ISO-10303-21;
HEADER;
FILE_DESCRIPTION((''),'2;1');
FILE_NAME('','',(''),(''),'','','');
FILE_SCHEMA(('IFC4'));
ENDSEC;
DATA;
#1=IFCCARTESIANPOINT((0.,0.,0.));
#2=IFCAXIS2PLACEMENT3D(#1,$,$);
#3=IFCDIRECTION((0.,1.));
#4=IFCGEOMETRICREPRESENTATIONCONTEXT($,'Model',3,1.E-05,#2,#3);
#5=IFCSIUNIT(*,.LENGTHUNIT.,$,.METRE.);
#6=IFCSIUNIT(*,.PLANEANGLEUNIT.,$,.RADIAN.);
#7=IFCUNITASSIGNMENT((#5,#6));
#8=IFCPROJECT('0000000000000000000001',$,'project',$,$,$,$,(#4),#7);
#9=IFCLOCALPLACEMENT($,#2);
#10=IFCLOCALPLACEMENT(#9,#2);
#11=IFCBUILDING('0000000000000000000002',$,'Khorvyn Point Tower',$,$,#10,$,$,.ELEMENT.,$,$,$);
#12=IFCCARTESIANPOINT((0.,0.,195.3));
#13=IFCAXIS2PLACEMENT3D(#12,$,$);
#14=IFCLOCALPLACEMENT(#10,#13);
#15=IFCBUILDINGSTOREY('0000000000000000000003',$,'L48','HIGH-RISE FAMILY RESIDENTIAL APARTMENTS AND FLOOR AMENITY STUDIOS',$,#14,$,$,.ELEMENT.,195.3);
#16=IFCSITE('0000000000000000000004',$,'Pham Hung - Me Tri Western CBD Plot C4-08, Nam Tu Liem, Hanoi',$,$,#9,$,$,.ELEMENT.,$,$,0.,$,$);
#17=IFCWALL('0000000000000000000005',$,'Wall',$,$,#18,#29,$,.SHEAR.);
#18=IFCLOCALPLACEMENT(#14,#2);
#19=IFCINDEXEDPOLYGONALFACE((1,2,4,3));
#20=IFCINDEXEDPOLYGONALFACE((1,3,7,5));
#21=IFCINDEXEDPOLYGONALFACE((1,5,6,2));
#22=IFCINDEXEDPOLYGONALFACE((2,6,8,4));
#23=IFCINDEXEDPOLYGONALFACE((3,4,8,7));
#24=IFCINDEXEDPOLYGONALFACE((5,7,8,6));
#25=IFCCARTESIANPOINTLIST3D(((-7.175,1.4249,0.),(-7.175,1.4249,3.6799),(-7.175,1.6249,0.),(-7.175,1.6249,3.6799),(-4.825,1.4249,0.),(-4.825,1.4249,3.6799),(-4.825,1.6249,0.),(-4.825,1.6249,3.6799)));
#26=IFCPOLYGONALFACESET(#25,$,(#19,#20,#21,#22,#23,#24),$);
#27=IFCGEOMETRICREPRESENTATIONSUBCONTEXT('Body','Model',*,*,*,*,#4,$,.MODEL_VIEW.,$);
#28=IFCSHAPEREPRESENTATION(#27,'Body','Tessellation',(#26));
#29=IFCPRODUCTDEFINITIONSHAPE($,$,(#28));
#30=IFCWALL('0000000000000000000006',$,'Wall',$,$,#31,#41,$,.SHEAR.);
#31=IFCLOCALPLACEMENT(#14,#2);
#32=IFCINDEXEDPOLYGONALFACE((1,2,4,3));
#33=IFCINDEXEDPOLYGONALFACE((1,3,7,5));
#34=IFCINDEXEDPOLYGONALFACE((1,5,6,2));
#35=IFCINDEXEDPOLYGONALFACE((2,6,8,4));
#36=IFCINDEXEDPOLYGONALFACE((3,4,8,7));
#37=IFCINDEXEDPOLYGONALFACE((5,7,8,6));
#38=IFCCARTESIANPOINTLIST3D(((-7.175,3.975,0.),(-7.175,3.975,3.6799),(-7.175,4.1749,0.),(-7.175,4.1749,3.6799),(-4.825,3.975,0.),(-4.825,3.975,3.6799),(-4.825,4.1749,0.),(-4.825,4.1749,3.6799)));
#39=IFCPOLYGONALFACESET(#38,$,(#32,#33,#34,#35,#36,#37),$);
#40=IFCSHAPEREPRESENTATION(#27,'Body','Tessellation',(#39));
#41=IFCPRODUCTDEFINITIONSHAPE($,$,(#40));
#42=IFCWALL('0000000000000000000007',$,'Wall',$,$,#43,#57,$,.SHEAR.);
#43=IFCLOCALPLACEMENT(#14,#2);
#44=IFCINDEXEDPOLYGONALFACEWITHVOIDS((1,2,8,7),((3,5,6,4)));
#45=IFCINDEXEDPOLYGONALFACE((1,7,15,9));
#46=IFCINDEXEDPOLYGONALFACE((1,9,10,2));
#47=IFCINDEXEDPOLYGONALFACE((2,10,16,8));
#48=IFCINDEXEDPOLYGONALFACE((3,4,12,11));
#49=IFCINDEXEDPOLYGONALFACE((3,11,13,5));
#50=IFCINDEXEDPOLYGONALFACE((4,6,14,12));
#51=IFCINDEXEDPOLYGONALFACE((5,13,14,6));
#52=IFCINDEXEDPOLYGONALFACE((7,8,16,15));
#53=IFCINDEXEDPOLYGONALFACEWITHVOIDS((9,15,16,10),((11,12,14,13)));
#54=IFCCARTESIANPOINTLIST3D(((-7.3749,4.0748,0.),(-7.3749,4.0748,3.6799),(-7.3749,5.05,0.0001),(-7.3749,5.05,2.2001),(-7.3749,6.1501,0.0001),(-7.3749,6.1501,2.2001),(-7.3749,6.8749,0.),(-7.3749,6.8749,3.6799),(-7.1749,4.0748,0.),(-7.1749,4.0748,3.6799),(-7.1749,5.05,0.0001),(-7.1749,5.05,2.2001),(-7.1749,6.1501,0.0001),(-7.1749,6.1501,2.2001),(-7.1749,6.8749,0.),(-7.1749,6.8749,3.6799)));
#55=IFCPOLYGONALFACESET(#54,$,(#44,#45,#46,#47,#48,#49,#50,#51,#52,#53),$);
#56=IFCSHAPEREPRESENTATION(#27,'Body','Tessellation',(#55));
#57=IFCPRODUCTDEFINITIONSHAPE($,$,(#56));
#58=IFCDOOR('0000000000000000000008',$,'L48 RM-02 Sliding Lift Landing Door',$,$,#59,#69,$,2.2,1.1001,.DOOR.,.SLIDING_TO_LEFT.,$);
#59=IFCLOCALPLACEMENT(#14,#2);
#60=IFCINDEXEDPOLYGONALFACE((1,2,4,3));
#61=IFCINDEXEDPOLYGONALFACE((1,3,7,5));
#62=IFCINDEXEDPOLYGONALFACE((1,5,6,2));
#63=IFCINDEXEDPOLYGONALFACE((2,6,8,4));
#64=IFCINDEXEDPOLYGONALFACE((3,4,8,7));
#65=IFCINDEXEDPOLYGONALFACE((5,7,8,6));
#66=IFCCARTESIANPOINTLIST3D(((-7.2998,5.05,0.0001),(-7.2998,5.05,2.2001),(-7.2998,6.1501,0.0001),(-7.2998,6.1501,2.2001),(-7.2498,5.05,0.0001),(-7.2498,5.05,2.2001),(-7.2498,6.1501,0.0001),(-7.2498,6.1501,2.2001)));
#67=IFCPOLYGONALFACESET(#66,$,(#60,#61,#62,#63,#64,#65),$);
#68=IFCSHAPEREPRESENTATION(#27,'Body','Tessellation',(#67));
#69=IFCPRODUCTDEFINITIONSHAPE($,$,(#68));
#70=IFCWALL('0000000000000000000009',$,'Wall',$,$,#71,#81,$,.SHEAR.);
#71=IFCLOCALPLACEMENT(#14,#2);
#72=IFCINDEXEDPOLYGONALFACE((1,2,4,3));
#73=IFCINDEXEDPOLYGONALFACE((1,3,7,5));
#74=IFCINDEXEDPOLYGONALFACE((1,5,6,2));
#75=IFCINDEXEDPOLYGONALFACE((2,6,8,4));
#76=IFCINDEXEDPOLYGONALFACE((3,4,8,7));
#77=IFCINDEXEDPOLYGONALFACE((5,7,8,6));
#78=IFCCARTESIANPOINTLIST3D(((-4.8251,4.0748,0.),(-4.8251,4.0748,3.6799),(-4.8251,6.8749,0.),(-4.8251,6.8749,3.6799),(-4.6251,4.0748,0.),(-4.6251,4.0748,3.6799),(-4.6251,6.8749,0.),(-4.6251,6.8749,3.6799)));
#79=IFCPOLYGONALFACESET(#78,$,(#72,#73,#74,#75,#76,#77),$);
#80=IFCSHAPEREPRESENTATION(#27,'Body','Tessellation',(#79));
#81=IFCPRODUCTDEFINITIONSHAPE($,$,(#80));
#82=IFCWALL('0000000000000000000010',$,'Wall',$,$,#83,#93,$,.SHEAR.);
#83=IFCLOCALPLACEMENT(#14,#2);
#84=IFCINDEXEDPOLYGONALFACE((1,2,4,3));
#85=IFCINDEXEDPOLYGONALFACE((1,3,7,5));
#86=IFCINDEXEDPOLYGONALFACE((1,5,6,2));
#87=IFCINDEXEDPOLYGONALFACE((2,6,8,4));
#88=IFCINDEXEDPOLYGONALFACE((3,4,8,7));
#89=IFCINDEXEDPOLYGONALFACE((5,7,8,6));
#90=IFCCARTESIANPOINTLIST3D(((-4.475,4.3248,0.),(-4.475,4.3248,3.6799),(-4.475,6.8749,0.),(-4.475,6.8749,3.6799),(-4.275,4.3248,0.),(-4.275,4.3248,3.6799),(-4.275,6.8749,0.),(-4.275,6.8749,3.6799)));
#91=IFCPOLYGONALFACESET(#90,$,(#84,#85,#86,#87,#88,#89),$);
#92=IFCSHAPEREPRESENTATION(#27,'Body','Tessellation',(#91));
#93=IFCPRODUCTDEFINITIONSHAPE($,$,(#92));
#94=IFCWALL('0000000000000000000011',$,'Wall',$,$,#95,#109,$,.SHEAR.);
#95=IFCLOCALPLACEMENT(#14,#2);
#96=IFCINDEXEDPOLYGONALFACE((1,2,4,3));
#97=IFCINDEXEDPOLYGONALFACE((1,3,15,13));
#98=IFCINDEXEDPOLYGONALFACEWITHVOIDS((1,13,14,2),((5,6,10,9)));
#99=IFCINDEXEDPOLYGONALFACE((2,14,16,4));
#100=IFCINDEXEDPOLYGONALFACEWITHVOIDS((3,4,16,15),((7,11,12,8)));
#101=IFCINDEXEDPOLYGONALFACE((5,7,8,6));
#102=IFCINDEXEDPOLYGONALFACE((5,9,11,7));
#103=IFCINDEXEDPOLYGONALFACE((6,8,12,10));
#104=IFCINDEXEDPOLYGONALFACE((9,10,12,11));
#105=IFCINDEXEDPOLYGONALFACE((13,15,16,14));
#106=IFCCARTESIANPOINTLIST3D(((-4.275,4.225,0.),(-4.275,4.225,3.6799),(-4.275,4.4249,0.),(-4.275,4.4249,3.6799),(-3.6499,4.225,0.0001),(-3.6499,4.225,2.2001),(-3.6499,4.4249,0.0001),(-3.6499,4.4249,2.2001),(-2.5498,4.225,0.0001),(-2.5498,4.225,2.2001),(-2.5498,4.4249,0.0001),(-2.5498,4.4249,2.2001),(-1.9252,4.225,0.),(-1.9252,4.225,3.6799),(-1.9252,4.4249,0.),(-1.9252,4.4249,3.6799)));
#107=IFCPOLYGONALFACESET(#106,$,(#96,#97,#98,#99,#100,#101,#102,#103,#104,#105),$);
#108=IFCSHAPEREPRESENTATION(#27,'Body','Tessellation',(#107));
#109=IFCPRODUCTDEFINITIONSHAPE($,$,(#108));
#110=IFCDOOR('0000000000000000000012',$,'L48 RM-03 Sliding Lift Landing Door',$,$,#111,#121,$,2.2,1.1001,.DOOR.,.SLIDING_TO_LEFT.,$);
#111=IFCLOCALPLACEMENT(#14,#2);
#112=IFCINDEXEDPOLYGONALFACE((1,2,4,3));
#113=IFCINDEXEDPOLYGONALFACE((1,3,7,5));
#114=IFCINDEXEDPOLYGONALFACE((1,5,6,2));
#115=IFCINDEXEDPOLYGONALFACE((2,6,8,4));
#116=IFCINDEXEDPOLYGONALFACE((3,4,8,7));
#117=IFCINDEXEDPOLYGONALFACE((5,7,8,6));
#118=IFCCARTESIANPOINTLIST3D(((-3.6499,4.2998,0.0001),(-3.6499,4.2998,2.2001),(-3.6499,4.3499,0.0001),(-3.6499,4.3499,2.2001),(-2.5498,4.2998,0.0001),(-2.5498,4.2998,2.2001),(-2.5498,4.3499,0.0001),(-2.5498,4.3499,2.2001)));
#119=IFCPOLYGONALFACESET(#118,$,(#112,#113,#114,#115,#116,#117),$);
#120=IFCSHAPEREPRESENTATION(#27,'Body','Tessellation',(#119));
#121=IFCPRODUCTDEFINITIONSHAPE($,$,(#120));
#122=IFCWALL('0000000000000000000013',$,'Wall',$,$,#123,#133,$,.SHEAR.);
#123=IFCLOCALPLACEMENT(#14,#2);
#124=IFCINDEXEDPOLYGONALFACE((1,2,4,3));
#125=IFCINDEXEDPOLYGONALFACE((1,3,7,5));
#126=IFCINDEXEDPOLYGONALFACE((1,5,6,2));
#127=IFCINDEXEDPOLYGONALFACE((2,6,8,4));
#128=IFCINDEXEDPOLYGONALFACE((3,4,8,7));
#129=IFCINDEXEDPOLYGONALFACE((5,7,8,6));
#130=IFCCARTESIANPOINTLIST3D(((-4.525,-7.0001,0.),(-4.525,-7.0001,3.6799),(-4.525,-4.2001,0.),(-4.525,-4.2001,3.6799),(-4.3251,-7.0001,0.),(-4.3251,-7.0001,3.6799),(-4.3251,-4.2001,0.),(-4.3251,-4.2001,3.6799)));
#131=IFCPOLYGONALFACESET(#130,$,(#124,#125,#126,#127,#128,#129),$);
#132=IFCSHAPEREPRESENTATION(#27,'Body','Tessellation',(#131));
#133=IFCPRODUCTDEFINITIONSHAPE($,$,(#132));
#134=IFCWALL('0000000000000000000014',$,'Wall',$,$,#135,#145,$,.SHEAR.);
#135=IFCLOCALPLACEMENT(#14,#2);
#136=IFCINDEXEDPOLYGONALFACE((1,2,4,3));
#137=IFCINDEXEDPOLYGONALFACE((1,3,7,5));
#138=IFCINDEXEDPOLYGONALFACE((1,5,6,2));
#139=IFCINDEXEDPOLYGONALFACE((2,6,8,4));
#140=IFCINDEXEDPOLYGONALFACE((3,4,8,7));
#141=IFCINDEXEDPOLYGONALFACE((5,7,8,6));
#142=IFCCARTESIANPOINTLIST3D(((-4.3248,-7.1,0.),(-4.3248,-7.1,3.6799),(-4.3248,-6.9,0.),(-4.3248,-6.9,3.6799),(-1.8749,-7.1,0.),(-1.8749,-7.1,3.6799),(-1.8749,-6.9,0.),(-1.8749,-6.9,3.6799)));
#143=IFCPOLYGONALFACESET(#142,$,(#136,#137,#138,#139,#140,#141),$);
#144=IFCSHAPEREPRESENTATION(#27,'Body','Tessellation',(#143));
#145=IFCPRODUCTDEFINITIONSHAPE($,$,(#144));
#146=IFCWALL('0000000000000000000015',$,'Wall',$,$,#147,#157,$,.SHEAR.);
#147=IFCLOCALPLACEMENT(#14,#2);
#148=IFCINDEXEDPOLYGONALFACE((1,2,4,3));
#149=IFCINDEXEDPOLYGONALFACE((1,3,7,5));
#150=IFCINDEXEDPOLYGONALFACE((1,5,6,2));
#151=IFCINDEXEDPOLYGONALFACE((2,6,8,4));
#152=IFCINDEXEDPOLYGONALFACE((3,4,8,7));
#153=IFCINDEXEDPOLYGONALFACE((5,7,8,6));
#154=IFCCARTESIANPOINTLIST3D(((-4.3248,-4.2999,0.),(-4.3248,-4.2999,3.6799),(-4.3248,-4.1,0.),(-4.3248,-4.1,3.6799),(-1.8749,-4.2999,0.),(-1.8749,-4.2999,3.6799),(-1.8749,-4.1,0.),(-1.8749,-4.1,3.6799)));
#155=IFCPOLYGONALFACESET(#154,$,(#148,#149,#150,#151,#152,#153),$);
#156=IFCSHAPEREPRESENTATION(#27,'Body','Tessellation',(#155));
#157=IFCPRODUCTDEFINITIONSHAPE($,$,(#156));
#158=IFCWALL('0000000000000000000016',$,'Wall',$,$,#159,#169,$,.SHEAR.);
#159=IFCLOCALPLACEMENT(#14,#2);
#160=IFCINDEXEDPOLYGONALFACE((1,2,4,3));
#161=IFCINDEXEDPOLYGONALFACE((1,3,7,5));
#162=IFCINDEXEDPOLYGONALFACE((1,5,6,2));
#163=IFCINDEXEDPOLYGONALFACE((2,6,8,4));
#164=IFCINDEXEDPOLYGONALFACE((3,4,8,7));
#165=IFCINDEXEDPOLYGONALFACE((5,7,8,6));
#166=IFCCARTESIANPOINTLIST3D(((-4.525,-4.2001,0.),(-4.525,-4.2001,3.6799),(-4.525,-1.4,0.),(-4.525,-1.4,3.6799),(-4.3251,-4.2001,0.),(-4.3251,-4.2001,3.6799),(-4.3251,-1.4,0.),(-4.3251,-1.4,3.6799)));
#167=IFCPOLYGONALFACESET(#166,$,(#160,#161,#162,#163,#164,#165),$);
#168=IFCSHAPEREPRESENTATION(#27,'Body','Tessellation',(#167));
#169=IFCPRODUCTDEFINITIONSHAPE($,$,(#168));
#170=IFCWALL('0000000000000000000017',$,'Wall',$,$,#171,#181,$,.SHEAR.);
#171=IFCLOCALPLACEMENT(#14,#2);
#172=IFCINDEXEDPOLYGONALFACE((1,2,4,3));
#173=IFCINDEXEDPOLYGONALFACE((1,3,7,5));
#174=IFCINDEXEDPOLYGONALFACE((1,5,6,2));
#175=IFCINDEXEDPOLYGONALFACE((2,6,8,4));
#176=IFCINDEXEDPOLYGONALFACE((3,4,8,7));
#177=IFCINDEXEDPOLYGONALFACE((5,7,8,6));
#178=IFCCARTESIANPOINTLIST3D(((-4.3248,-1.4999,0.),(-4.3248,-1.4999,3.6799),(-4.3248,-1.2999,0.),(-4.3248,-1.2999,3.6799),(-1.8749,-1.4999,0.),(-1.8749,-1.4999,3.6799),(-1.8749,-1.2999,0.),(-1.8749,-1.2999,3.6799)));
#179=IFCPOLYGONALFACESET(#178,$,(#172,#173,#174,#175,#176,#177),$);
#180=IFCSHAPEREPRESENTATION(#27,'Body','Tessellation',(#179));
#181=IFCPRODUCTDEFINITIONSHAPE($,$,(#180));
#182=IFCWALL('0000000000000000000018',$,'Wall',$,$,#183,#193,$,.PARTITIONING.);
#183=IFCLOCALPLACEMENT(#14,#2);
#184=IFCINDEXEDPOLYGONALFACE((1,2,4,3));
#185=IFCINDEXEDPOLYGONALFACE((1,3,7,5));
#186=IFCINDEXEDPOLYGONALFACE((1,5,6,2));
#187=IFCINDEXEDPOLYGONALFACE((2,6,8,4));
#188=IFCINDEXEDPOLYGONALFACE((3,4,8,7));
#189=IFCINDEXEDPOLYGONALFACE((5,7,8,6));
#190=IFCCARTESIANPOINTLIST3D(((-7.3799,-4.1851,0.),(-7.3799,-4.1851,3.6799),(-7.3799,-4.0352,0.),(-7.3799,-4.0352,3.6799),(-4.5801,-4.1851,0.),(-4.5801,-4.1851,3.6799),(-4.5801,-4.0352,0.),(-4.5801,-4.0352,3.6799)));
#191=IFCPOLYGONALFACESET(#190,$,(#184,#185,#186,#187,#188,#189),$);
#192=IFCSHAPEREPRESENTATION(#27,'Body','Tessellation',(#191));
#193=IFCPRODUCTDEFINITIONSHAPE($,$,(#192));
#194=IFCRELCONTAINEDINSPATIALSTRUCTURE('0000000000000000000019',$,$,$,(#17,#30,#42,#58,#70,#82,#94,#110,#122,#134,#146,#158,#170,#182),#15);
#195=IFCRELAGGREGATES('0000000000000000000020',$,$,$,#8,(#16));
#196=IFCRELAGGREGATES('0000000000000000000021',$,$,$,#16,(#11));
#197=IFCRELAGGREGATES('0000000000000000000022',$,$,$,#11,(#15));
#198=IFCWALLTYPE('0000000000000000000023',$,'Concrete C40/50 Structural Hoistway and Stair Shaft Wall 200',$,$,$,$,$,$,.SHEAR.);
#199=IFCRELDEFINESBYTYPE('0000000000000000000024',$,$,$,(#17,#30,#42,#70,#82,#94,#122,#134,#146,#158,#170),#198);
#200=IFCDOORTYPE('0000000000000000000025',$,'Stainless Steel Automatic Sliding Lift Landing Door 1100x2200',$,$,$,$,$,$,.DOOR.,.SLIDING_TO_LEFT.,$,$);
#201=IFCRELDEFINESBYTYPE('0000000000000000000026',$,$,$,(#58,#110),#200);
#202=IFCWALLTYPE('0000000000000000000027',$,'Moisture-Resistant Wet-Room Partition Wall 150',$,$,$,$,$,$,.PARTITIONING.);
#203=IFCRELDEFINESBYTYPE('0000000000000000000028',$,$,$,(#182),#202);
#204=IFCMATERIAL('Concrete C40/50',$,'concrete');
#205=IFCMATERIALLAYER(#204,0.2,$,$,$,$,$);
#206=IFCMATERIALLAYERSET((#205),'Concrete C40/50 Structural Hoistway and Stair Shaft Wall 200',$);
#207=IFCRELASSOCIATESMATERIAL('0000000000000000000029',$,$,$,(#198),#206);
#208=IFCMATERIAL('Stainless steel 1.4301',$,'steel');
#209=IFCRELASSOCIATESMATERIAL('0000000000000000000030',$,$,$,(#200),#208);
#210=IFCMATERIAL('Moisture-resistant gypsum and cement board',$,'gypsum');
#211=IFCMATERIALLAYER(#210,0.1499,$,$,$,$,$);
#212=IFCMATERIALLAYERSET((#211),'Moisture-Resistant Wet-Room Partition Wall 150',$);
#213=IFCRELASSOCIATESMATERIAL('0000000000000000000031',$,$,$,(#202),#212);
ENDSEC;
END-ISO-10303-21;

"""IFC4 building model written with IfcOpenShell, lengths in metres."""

from ifc_helpers import new_model, si_unit, direction, frame, frame_2d, origin, place, context, subcontext, project, spatial, rectangle, extrude, material, layer, layer_set, type_object, element, fill, save


model = new_model("IFC4")

# Units and contexts
model_context = context("Model", 3, precision=1e-05, world=origin(), true_north=direction((0.0, 1.0)))
body_context = subcontext(model_context, "Body", "Model", "MODEL_VIEW")
ifc_project = project(units=[si_unit("LENGTHUNIT", "METRE"), si_unit("PLANEANGLEUNIT", "RADIAN")], contexts=[model_context])

# Site, building, storey
site_placement = place(None, origin())
site = spatial("IfcSite", under=ifc_project, at=site_placement, Name="Pham Hung - Me Tri Western CBD Plot C4-08, Nam Tu Liem, Hanoi", CompositionType="ELEMENT", RefElevation=0.0)
building_placement = place(site_placement, origin())
building = spatial("IfcBuilding", under=site, at=building_placement, Name="Khorvyn Point Tower", CompositionType="ELEMENT")
storey_placement = place(building_placement, frame((0.0, 0.0, 195.3)))
storey = spatial("IfcBuildingStorey", under=building, at=storey_placement, Name="L48", Description="HIGH-RISE FAMILY RESIDENTIAL APARTMENTS AND FLOOR AMENITY STUDIOS", CompositionType="ELEMENT", Elevation=195.3)

# Shared definitions
ifc_material_1 = material(Name="Concrete C40/50", Category="concrete")

# Shared definitions
ifc_layer_1 = layer(ifc_material_1, 0.2)
ifc_layer_set_1 = layer_set([ifc_layer_1], Name="Concrete C40/50 Structural Hoistway and Stair Shaft Wall 200")
wall_type_1 = type_object("IfcWallType", Name="Concrete C40/50 Structural Hoistway and Stair Shaft Wall 200", PredefinedType="SHEAR", material=ifc_layer_set_1)
ifc_material_2 = material(Name="Stainless steel 1.4301", Category="steel")
door_type_1 = type_object("IfcDoorType", Name="Stainless Steel Automatic Sliding Lift Landing Door 1100x2200", OperationType="SLIDING_TO_LEFT", PredefinedType="DOOR", material=ifc_material_2)

# Walls
for number, where, z_axis, x_axis, name in (
    (1, (-7.175, 1.5249, 0.0), (0.0, 0.0, 1.0), (1.0, 0.0, 0.0), "Wall"),
    (2, (-7.175, 4.075, 0.0), (0.0, 0.0, 1.0), (1.0, 0.0, 0.0), "Wall"),
):
    element("IfcWall", number, at=place(storey_placement, frame(where, z_axis=z_axis, x_axis=x_axis)), inside=storey, type_object=wall_type_1, Name=name, PredefinedType="SHEAR", context=body_context, shape_type="SweptSolid", body=[
        extrude(rectangle(XDim=2.3501, YDim=0.2, at=frame_2d((1.175, 0.0))), origin(), (0.0, 0.0, 1.0), 3.6799),
    ])

# Wall, opening, door
wall_1_placement = place(storey_placement, frame((-7.2749, 4.075, 0.0), z_axis=(0.0, 0.0, 1.0), x_axis=(0.0, 1.0, 0.0)))
wall_1 = element("IfcWall", 3, at=wall_1_placement, inside=storey, type_object=wall_type_1, Name="Wall", PredefinedType="SHEAR", context=body_context, shape_type="SweptSolid", body=[
    extrude(rectangle(XDim=2.8, YDim=0.2, at=frame_2d((1.3999, 0.0))), origin(), (0.0, 0.0, 1.0), 3.6799),
])
opening_1_placement = place(wall_1_placement, frame((0.9751, 0.0, 0.0)))
opening_1 = element("IfcOpeningElement", 4, at=opening_1_placement, cuts=wall_1, PredefinedType="OPENING", context=body_context, shape_type="SweptSolid", body=[
    extrude(rectangle(XDim=1.1001, YDim=2.2, at=frame_2d((0.55, 1.1001))), frame((0.0, 0.1099, 0.0), z_axis=(0.0, -1.0, 0.0), x_axis=(1.0, 0.0, 0.0)), (0.0, 0.0, 1.0), 0.22),
])
door_1_placement = place(opening_1_placement, origin())
door_1 = element("IfcDoor", 5, at=door_1_placement, inside=storey, type_object=door_type_1, Name="L48 RM-02 Sliding Lift Landing Door", OperationType="SLIDING_TO_LEFT", OverallHeight=2.2, OverallWidth=1.1001, PredefinedType="DOOR", context=body_context, shape_type="SweptSolid", body=[
    extrude(rectangle(XDim=1.1001, YDim=2.2, at=frame_2d((0.55, 1.1001))), frame((0.0, 0.0249, 0.0), z_axis=(0.0, -1.0, 0.0), x_axis=(1.0, 0.0, 0.0)), (0.0, 0.0, 1.0), 0.05),
])
fill(opening_1, door_1)

# Walls
wall_2_placement = place(storey_placement, frame((-4.7251, 4.075, 0.0), z_axis=(0.0, 0.0, 1.0), x_axis=(0.0, 1.0, 0.0)))
element("IfcWall", 6, at=wall_2_placement, inside=storey, type_object=wall_type_1, Name="Wall", PredefinedType="SHEAR", context=body_context, shape_type="SweptSolid", body=[
    extrude(rectangle(XDim=2.8, YDim=0.2, at=frame_2d((1.3999, 0.0))), origin(), (0.0, 0.0, 1.0), 3.6799),
])
wall_3_placement = place(storey_placement, frame((-4.375, 4.325, 0.0), z_axis=(0.0, 0.0, 1.0), x_axis=(0.0, 1.0, 0.0)))
element("IfcWall", 7, at=wall_3_placement, inside=storey, type_object=wall_type_1, Name="Wall", PredefinedType="SHEAR", context=body_context, shape_type="SweptSolid", body=[
    extrude(rectangle(XDim=2.55, YDim=0.2, at=frame_2d((1.2749, 0.0))), origin(), (0.0, 0.0, 1.0), 3.6799),
])

# Wall, opening, door
wall_4_placement = place(storey_placement, frame((-4.2749, 4.325, 0.0), z_axis=(0.0, 0.0, 1.0), x_axis=(1.0, 0.0, 0.0)))
wall_4 = element("IfcWall", 8, at=wall_4_placement, inside=storey, type_object=wall_type_1, Name="Wall", PredefinedType="SHEAR", context=body_context, shape_type="SweptSolid", body=[
    extrude(rectangle(XDim=2.3499, YDim=0.2, at=frame_2d((1.1748, 0.0))), origin(), (0.0, 0.0, 1.0), 3.6799),
])
opening_2_placement = place(wall_4_placement, frame((0.625, 0.0, 0.0)))
opening_2 = element("IfcOpeningElement", 9, at=opening_2_placement, cuts=wall_4, PredefinedType="OPENING", context=body_context, shape_type="SweptSolid", body=[
    extrude(rectangle(XDim=1.1001, YDim=2.2, at=frame_2d((0.55, 1.1001))), frame((0.0, 0.1099, 0.0), z_axis=(0.0, -1.0, 0.0), x_axis=(1.0, 0.0, 0.0)), (0.0, 0.0, 1.0), 0.22),
])
door_2_placement = place(opening_2_placement, origin())
door_2 = element("IfcDoor", 10, at=door_2_placement, inside=storey, type_object=door_type_1, Name="L48 RM-03 Sliding Lift Landing Door", OperationType="SLIDING_TO_LEFT", OverallHeight=2.2, OverallWidth=1.1001, PredefinedType="DOOR", context=body_context, shape_type="SweptSolid", body=[
    extrude(rectangle(XDim=1.1001, YDim=2.2, at=frame_2d((0.55, 1.1001))), frame((0.0, 0.0249, 0.0), z_axis=(0.0, -1.0, 0.0), x_axis=(1.0, 0.0, 0.0)), (0.0, 0.0, 1.0), 0.05),
])
fill(opening_2, door_2)

# Walls
wall_5_placement = place(storey_placement, frame((-4.425, -7.0, 0.0), z_axis=(0.0, 0.0, 1.0), x_axis=(0.0, 1.0, 0.0)))
element("IfcWall", 11, at=wall_5_placement, inside=storey, type_object=wall_type_1, Name="Wall", PredefinedType="SHEAR", context=body_context, shape_type="SweptSolid", body=[
    extrude(rectangle(XDim=2.8, YDim=0.2, at=frame_2d((1.3999, 0.0))), origin(), (0.0, 0.0, 1.0), 3.6799),
])
for number, where, z_axis, x_axis, name in (
    (12, (-4.325, -7.0, 0.0), (0.0, 0.0, 1.0), (1.0, 0.0, 0.0), "Wall"),
    (13, (-4.325, -4.2, 0.0), (0.0, 0.0, 1.0), (1.0, 0.0, 0.0), "Wall"),
):
    element("IfcWall", number, at=place(storey_placement, frame(where, z_axis=z_axis, x_axis=x_axis)), inside=storey, type_object=wall_type_1, Name=name, PredefinedType="SHEAR", context=body_context, shape_type="SweptSolid", body=[
        extrude(rectangle(XDim=2.45, YDim=0.2, at=frame_2d((1.2251, 0.0))), origin(), (0.0, 0.0, 1.0), 3.6799),
    ])
wall_6_placement = place(storey_placement, frame((-4.425, -4.2, 0.0), z_axis=(0.0, 0.0, 1.0), x_axis=(0.0, 1.0, 0.0)))
element("IfcWall", 14, at=wall_6_placement, inside=storey, type_object=wall_type_1, Name="Wall", PredefinedType="SHEAR", context=body_context, shape_type="SweptSolid", body=[
    extrude(rectangle(XDim=2.8, YDim=0.2, at=frame_2d((1.3999, 0.0))), origin(), (0.0, 0.0, 1.0), 3.6799),
])
wall_7_placement = place(storey_placement, frame((-4.325, -1.3999, 0.0), z_axis=(0.0, 0.0, 1.0), x_axis=(1.0, 0.0, 0.0)))
element("IfcWall", 15, at=wall_7_placement, inside=storey, type_object=wall_type_1, Name="Wall", PredefinedType="SHEAR", context=body_context, shape_type="SweptSolid", body=[
    extrude(rectangle(XDim=2.45, YDim=0.2, at=frame_2d((1.2251, 0.0))), origin(), (0.0, 0.0, 1.0), 3.6799),
])
ifc_material_3 = material(Name="Moisture-resistant gypsum and cement board", Category="gypsum")
ifc_layer_2 = layer(ifc_material_3, 0.1499)
ifc_layer_set_2 = layer_set([ifc_layer_2], Name="Moisture-Resistant Wet-Room Partition Wall 150")
wall_type_2 = type_object("IfcWallType", Name="Moisture-Resistant Wet-Room Partition Wall 150", PredefinedType="PARTITIONING", material=ifc_layer_set_2)
wall_8_placement = place(storey_placement, frame((-7.3799, -4.1101, 0.0), z_axis=(0.0, 0.0, 1.0), x_axis=(1.0, 0.0, 0.0)))
element("IfcWall", 16, at=wall_8_placement, inside=storey, type_object=wall_type_2, Name="Wall", PredefinedType="PARTITIONING", context=body_context, shape_type="SweptSolid", body=[
    extrude(rectangle(XDim=2.7998, YDim=0.1499, at=frame_2d((1.3999, 0.0))), origin(), (0.0, 0.0, 1.0), 3.6799),
])

save(model, "model.ifc")
